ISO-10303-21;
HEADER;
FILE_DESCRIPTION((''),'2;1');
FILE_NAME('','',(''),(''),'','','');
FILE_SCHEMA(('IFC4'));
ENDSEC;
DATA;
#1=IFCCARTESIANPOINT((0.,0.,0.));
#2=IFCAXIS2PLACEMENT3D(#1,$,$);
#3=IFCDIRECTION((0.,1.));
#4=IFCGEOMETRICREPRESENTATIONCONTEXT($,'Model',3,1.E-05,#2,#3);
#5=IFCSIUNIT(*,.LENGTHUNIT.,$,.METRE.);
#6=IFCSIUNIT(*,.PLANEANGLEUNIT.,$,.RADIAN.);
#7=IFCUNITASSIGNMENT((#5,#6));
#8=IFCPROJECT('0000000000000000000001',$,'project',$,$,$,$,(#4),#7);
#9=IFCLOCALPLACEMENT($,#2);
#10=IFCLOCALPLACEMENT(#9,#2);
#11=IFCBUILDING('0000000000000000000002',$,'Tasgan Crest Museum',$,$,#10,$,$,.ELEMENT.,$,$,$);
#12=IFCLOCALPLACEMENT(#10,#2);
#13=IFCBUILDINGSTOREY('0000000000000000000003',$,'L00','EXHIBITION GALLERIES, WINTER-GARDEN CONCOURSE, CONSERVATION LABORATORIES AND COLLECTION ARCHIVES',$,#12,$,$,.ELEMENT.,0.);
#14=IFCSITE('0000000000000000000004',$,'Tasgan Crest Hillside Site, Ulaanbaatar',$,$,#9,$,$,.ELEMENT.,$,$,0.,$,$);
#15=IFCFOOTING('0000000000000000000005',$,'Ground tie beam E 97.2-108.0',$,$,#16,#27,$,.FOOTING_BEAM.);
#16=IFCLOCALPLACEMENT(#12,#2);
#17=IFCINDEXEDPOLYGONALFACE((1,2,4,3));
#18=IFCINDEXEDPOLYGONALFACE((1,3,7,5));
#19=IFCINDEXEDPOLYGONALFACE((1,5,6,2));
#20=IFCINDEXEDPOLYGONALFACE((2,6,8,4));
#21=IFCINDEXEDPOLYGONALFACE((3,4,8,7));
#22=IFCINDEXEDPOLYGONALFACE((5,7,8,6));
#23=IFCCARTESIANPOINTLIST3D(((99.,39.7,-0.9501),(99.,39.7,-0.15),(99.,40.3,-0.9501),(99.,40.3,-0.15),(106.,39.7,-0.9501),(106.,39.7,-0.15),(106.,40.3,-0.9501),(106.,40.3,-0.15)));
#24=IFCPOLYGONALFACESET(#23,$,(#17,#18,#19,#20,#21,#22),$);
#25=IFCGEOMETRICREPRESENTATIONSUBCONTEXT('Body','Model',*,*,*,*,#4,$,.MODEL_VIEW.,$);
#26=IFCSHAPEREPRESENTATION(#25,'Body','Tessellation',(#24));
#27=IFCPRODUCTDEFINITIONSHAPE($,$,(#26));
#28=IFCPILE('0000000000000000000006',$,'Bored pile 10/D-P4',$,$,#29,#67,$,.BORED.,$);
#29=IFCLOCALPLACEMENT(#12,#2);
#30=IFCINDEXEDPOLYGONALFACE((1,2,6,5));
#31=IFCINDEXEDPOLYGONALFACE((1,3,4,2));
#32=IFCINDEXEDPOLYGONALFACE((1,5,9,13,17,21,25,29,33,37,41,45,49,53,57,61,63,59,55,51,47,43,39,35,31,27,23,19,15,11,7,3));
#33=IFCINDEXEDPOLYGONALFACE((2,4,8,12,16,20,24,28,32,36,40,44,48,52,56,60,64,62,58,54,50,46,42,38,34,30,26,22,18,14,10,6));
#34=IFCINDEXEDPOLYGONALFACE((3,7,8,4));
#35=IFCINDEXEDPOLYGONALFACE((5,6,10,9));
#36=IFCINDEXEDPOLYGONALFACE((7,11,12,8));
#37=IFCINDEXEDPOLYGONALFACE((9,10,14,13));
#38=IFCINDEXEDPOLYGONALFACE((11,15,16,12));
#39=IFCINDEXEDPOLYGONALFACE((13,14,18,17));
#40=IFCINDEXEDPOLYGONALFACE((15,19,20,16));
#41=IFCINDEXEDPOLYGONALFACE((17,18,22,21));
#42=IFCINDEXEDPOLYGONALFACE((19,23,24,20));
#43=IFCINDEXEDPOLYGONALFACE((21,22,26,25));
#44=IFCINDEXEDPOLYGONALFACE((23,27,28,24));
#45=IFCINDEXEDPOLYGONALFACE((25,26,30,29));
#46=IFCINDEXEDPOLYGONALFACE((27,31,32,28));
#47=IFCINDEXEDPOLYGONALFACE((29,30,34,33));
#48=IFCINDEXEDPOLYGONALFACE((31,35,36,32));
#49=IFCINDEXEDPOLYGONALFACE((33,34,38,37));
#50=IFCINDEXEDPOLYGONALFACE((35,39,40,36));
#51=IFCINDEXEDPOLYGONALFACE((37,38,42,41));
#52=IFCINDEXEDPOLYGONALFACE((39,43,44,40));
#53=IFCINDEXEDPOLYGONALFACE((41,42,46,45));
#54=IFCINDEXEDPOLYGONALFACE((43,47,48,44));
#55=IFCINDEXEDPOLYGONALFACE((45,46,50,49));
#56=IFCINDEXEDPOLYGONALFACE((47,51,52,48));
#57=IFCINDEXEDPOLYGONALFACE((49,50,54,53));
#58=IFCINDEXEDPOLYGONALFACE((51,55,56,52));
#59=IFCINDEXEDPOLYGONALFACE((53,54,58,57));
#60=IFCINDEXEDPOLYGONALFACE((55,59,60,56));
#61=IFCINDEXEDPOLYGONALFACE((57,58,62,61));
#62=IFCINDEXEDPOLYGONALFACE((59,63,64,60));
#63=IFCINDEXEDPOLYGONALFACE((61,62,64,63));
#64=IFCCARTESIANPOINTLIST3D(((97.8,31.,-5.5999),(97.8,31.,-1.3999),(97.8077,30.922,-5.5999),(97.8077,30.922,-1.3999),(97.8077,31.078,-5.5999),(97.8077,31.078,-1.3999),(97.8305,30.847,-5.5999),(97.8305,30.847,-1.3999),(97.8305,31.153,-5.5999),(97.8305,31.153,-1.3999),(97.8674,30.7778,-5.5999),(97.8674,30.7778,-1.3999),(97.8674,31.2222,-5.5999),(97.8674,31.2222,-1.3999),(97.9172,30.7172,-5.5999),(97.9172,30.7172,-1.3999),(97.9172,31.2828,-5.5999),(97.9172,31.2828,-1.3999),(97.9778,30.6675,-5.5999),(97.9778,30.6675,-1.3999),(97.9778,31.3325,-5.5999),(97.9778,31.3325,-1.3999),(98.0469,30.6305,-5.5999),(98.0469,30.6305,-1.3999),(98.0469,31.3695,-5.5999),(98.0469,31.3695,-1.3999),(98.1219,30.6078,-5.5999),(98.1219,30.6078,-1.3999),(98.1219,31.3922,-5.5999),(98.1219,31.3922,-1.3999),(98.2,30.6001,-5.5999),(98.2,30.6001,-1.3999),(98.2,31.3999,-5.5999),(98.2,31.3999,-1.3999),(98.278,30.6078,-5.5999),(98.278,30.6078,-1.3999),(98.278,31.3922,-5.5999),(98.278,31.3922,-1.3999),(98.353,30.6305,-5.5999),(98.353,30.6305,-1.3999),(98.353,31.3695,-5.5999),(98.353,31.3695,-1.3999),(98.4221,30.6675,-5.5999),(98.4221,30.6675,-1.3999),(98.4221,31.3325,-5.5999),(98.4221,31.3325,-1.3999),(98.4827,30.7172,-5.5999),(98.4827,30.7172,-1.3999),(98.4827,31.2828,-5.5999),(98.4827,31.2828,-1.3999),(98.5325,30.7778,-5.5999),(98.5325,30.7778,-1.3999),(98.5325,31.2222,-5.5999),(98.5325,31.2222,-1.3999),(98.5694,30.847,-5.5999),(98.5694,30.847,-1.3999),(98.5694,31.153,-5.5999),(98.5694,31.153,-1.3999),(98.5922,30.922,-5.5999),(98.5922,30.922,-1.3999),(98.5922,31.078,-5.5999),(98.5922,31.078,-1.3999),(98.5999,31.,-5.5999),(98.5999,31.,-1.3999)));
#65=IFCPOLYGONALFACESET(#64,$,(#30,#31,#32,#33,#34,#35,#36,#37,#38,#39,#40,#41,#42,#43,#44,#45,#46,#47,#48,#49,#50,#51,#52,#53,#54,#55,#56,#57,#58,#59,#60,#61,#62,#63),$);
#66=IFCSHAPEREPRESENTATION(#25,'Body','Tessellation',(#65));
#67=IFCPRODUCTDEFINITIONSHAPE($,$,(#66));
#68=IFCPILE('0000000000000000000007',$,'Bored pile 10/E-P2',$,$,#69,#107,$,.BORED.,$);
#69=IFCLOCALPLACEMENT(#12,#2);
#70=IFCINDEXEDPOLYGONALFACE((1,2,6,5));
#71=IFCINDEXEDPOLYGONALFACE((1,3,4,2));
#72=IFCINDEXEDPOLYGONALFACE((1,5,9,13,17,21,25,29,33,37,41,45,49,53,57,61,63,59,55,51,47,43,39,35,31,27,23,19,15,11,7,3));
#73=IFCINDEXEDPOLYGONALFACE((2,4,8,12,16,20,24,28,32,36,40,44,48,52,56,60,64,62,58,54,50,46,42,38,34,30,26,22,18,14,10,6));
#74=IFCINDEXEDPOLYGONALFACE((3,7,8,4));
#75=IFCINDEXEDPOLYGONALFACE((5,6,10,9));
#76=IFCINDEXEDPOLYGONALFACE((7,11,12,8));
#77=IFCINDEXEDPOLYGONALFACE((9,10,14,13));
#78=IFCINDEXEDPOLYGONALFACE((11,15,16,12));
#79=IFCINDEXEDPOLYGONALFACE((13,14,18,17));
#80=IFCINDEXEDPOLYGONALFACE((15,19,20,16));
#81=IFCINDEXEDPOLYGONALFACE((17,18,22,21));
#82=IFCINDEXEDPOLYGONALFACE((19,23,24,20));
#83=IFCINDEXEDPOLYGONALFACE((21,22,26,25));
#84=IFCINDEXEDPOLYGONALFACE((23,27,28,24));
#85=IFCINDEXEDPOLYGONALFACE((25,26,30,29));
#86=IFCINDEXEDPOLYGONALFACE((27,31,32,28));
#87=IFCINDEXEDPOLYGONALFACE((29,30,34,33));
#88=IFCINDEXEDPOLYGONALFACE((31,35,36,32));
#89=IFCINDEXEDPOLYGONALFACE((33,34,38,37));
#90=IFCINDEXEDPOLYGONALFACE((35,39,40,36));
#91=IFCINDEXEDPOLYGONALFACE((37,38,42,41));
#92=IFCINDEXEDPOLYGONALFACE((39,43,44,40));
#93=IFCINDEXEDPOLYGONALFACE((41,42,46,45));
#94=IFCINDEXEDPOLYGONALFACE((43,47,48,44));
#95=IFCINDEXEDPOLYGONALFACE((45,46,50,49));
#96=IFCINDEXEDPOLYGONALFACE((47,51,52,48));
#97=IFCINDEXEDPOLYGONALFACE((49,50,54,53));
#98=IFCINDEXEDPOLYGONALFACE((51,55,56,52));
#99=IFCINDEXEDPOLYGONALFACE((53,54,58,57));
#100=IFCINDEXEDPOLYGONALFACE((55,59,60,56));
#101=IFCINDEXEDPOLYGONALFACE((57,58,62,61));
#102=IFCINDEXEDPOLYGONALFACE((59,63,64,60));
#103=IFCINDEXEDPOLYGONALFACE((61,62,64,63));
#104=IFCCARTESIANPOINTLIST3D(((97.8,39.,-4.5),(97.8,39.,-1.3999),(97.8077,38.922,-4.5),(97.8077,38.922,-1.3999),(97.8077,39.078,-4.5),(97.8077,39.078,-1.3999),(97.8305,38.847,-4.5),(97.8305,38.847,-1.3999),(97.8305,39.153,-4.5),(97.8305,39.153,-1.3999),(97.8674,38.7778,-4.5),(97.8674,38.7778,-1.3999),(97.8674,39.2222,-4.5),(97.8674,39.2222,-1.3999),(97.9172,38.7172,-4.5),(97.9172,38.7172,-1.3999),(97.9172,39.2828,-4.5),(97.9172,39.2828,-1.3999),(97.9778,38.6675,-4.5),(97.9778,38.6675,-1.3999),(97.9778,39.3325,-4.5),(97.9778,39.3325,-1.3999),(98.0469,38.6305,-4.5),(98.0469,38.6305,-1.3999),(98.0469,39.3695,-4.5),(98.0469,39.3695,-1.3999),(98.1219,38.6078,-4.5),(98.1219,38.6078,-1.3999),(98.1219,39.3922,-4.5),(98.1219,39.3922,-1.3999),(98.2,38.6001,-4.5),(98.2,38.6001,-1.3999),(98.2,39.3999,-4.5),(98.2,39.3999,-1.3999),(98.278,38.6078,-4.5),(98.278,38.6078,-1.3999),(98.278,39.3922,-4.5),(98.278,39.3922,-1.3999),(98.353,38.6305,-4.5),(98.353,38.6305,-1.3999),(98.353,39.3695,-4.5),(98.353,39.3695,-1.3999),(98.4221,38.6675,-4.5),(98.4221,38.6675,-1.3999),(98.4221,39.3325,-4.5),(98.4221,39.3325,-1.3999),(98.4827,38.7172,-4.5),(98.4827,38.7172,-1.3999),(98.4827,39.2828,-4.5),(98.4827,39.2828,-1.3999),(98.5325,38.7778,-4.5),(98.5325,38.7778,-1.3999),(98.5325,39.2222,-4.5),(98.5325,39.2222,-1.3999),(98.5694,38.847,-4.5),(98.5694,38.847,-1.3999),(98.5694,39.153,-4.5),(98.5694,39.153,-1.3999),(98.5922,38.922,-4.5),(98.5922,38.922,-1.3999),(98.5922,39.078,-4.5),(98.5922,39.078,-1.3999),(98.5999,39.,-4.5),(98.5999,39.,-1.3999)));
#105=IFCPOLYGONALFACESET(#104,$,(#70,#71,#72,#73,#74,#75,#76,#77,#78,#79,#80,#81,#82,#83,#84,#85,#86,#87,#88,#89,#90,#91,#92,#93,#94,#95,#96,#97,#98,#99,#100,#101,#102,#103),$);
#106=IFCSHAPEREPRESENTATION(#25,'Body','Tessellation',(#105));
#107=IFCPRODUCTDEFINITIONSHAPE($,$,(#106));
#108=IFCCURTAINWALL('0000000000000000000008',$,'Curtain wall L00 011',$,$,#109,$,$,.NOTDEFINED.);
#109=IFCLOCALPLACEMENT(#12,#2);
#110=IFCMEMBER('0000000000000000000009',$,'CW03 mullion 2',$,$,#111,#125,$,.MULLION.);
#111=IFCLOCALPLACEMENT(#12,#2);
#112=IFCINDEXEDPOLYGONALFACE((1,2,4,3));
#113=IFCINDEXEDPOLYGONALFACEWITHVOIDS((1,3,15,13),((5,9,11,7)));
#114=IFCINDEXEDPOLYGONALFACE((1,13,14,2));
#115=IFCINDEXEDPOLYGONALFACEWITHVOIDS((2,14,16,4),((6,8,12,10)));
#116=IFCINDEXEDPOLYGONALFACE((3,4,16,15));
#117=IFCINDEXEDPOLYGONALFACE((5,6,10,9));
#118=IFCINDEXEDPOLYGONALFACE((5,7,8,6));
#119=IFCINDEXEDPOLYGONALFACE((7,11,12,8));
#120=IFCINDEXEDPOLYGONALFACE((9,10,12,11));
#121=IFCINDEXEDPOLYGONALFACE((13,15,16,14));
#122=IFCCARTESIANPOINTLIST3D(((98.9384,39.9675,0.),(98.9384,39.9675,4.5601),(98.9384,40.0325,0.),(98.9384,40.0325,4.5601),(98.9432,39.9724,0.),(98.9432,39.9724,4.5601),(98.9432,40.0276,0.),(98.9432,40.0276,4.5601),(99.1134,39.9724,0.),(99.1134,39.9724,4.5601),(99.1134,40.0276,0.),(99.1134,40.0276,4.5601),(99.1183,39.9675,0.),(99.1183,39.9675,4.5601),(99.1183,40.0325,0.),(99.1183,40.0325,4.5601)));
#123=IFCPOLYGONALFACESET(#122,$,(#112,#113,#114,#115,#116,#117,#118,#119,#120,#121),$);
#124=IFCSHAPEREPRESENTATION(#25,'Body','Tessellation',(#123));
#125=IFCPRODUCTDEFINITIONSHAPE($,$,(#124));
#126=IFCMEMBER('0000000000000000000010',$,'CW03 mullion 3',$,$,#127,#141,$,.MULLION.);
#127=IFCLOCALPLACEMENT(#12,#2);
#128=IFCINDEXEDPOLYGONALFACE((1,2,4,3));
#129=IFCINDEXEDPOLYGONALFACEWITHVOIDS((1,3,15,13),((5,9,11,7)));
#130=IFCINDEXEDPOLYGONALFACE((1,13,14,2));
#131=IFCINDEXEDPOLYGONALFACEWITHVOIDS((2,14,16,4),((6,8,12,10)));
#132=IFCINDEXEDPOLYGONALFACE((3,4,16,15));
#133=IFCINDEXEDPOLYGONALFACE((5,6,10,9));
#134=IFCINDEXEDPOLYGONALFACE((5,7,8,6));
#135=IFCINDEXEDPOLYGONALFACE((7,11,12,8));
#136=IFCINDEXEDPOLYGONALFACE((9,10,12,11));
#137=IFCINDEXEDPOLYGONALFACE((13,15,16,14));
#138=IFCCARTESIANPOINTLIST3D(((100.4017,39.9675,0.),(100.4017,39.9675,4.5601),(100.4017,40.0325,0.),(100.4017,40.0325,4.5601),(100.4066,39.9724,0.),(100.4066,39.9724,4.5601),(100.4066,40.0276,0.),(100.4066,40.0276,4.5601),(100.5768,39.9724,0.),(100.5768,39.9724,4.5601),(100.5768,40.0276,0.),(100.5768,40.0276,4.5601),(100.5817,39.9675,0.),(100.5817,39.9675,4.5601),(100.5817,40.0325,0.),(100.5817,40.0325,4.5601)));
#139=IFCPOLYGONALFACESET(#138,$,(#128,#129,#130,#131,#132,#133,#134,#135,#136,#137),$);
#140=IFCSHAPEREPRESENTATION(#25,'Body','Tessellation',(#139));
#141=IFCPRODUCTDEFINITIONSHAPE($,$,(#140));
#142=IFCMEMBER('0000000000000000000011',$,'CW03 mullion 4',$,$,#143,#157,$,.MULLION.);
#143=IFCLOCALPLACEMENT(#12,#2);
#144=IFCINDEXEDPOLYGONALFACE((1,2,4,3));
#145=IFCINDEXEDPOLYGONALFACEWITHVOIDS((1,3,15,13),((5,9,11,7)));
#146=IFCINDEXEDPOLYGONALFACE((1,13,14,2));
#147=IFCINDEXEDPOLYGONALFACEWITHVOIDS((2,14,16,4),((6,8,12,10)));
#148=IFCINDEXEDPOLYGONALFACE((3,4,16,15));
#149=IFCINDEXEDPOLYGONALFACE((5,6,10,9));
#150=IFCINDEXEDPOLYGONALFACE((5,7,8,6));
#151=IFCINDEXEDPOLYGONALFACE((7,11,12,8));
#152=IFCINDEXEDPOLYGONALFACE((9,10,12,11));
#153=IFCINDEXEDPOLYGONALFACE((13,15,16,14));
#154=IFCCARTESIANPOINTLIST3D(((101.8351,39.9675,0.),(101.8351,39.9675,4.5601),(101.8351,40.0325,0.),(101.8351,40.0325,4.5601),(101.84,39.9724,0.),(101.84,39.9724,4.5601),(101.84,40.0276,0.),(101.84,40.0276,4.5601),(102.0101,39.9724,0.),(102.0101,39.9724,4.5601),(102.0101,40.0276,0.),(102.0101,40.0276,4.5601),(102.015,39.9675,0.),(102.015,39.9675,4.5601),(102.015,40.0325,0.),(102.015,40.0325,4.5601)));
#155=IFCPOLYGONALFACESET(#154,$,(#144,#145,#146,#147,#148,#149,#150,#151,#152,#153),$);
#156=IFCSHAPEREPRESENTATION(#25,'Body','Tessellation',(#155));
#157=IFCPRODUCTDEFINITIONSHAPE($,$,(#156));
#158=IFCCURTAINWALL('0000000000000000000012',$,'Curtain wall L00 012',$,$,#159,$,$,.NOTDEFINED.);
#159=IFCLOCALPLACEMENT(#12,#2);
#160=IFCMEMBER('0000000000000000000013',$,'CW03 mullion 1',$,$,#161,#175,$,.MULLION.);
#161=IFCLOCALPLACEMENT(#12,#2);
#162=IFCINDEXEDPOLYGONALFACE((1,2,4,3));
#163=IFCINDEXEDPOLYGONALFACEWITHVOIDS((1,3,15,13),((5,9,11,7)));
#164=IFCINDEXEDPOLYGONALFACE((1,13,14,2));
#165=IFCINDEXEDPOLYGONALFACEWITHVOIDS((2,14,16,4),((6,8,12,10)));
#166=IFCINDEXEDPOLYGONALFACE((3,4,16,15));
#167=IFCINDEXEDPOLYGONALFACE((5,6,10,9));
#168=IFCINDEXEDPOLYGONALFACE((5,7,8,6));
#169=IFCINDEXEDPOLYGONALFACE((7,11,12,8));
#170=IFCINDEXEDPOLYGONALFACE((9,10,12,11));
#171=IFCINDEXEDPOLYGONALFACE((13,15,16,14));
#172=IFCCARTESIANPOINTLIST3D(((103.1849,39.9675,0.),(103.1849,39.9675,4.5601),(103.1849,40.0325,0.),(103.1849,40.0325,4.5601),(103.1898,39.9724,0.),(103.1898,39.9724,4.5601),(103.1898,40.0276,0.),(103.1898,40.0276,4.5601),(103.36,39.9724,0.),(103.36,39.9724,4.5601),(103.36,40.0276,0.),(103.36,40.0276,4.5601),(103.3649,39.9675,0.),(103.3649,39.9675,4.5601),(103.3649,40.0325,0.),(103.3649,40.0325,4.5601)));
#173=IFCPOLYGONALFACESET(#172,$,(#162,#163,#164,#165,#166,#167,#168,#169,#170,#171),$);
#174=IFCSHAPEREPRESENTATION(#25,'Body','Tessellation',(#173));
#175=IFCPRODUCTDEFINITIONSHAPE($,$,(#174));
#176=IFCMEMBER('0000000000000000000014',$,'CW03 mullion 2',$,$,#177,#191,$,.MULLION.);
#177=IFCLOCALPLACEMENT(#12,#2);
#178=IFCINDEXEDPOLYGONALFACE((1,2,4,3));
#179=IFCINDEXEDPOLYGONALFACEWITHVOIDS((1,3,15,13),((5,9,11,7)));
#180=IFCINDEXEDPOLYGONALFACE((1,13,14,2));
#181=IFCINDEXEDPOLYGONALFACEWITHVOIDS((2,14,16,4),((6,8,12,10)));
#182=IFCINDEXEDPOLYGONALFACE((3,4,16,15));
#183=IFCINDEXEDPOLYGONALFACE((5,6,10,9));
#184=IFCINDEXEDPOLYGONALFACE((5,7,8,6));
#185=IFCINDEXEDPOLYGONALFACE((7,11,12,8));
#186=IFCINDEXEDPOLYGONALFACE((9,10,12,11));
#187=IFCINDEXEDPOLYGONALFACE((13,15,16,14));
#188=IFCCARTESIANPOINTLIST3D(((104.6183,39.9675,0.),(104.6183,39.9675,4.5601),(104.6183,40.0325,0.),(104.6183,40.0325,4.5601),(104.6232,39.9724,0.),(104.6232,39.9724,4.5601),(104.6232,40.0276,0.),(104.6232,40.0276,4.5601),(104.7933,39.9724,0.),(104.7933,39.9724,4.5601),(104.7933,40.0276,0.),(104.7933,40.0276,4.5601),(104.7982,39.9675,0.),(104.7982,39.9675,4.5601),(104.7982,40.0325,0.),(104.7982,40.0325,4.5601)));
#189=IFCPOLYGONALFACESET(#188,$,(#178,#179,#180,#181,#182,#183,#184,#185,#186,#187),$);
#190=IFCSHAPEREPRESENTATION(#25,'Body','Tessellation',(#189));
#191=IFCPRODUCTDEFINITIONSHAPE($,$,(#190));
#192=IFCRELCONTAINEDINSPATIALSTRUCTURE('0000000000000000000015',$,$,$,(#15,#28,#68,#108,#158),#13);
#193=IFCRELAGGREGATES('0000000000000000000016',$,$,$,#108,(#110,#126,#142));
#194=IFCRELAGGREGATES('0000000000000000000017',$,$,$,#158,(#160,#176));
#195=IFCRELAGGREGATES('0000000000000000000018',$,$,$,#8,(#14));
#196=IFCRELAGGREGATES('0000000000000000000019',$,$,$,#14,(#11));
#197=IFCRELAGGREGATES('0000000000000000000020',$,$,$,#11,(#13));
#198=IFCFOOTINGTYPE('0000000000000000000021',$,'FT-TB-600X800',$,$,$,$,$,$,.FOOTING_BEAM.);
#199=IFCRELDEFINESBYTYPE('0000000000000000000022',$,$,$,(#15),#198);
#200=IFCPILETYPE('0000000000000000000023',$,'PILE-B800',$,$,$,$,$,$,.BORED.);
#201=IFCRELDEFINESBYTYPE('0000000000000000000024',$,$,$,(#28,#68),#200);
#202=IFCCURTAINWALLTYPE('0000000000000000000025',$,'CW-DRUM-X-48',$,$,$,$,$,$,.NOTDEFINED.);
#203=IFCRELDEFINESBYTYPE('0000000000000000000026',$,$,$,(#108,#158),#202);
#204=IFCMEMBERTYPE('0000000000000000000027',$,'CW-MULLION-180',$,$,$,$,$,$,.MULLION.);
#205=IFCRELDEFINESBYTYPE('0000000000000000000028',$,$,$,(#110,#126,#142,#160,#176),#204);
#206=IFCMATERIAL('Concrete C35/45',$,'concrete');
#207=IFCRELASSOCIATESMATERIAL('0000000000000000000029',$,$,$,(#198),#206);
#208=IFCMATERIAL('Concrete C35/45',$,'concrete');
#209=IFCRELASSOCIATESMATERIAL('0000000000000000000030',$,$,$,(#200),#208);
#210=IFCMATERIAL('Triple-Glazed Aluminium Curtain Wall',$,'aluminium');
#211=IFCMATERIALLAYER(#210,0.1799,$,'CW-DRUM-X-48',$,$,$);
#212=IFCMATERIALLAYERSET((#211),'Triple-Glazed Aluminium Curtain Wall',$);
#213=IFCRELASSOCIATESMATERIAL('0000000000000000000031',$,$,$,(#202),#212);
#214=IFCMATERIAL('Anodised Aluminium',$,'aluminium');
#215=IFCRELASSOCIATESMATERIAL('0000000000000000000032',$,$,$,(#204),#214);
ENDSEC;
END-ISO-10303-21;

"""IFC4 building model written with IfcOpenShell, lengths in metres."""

from ifc_helpers import new_model, si_unit, direction, frame, origin, origin_2d, place, context, subcontext, project, spatial, rectangle, hollow_rectangle, circle, extrude, material, layer, layer_set, material_profile, profile_set, type_object, element, aggregate, save


model = new_model("IFC4")

# Units and contexts
model_context = context("Model", 3, precision=1e-05, world=origin(), true_north=direction((0.0, 1.0)))
body_context = subcontext(model_context, "Body", "Model", "MODEL_VIEW")
ifc_project = project(units=[si_unit("LENGTHUNIT", "METRE"), si_unit("PLANEANGLEUNIT", "RADIAN")], contexts=[model_context])

# Site, building, storey
site_placement = place(None, origin())
site = spatial("IfcSite", under=ifc_project, at=site_placement, Name="Tasgan Crest Hillside Site, Ulaanbaatar", CompositionType="ELEMENT", RefElevation=0.0)
building_placement = place(site_placement, origin())
building = spatial("IfcBuilding", under=site, at=building_placement, Name="Tasgan Crest Museum", CompositionType="ELEMENT")
storey_placement = place(building_placement, origin())
storey = spatial("IfcBuildingStorey", under=building, at=storey_placement, Name="L00", Description="EXHIBITION GALLERIES, WINTER-GARDEN CONCOURSE, CONSERVATION LABORATORIES AND COLLECTION ARCHIVES", CompositionType="ELEMENT", Elevation=0.0)

# Footing
ifc_material_1 = material(Name="Concrete C35/45", Category="concrete")
ifc_material_profile_1 = material_profile(ifc_material_1, rectangle(XDim=0.6001, YDim=0.8, at=origin_2d()), Name="TB 600x800")
ifc_profile_set_1 = profile_set([ifc_material_profile_1], Name="Concrete C35/45")
footing_type = type_object("IfcFootingType", Name="FT-TB-600X800", PredefinedType="FOOTING_BEAM", material=ifc_profile_set_1)
footing_placement = place(storey_placement, frame((99.0, 40.0, -0.55), z_axis=(1.0, 0.0, 0.0), x_axis=(0.0, 1.0, 0.0)))
element("IfcFooting", 1, at=footing_placement, inside=storey, type_object=footing_type, Name="Ground tie beam E 97.2-108.0", PredefinedType="FOOTING_BEAM", context=body_context, shape_type="SweptSolid", body=[
    extrude(rectangle(XDim=0.6001, YDim=0.8, at=origin_2d()), origin(), (0.0, 0.0, 1.0), 7.0),
])

# Piles
ifc_material_2 = material(Name="Concrete C35/45", Category="concrete")
ifc_material_profile_2 = material_profile(ifc_material_2, circle(Radius=0.3999, at=origin_2d()), Name="PILE D800")
ifc_profile_set_2 = profile_set([ifc_material_profile_2], Name="Concrete C35/45")
pile_type = type_object("IfcPileType", Name="PILE-B800", PredefinedType="BORED", material=ifc_profile_set_2)
pile_1_placement = place(storey_placement, frame((98.2, 31.0, -1.3999), z_axis=(0.0, 0.0, -1.0), x_axis=(1.0, 0.0, 0.0)))
element("IfcPile", 2, at=pile_1_placement, inside=storey, type_object=pile_type, Name="Bored pile 10/D-P4", PredefinedType="BORED", context=body_context, shape_type="SweptSolid", body=[
    extrude(circle(Radius=0.3999, at=origin_2d()), origin(), (0.0, 0.0, 1.0), 4.2),
])
pile_2_placement = place(storey_placement, frame((98.2, 39.0, -1.3999), z_axis=(0.0, 0.0, -1.0), x_axis=(1.0, 0.0, 0.0)))
element("IfcPile", 3, at=pile_2_placement, inside=storey, type_object=pile_type, Name="Bored pile 10/E-P2", PredefinedType="BORED", context=body_context, shape_type="SweptSolid", body=[
    extrude(circle(Radius=0.3999, at=origin_2d()), origin(), (0.0, 0.0, 1.0), 3.1001),
])

# Curtain walls, members
ifc_material_3 = material(Name="Triple-Glazed Aluminium Curtain Wall", Category="aluminium")
ifc_layer_1 = layer(ifc_material_3, 0.1799, Name="CW-DRUM-X-48")
ifc_layer_set_1 = layer_set([ifc_layer_1], Name="Triple-Glazed Aluminium Curtain Wall")
curtain_wall_type = type_object("IfcCurtainWallType", Name="CW-DRUM-X-48", PredefinedType="NOTDEFINED", material=ifc_layer_set_1)
curtain_wall_1_placement = place(storey_placement, origin())
curtain_wall_1 = element("IfcCurtainWall", 4, at=curtain_wall_1_placement, inside=storey, type_object=curtain_wall_type, Name="Curtain wall L00 011", PredefinedType="NOTDEFINED")
ifc_material_4 = material(Name="Anodised Aluminium", Category="aluminium")
ifc_material_profile_3 = material_profile(ifc_material_4, hollow_rectangle(XDim=0.0649, YDim=0.1799, WallThickness=0.0049, at=origin_2d()), Name="ALU MULLION 180x65x5")
ifc_profile_set_3 = profile_set([ifc_material_profile_3], Name="Anodised Aluminium")
member_type_1 = type_object("IfcMemberType", Name="CW-MULLION-180", PredefinedType="MULLION", material=ifc_profile_set_3)
member_1_placement = place(storey_placement, frame((99.0283, 40.0, 0.0), z_axis=(0.0, 0.0, 1.0), x_axis=(0.0, 1.0, 0.0)))
member_1 = element("IfcMember", 5, at=member_1_placement, type_object=member_type_1, Name="CW03 mullion 2", PredefinedType="MULLION", context=body_context, shape_type="SweptSolid", body=[
    extrude(hollow_rectangle(XDim=0.0649, YDim=0.1799, WallThickness=0.0049, at=origin_2d()), origin(), (0.0, 0.0, 1.0), 4.5601),
])
member_2_placement = place(storey_placement, frame((100.4917, 40.0, 0.0), z_axis=(0.0, 0.0, 1.0), x_axis=(0.0, 1.0, 0.0)))
member_2 = element("IfcMember", 6, at=member_2_placement, type_object=member_type_1, Name="CW03 mullion 3", PredefinedType="MULLION", context=body_context, shape_type="SweptSolid", body=[
    extrude(hollow_rectangle(XDim=0.0649, YDim=0.1799, WallThickness=0.0049, at=origin_2d()), origin(), (0.0, 0.0, 1.0), 4.5601),
])
member_3_placement = place(storey_placement, frame((101.925, 40.0, 0.0), z_axis=(0.0, 0.0, 1.0), x_axis=(0.0, 1.0, 0.0)))
member_3 = element("IfcMember", 7, at=member_3_placement, type_object=member_type_1, Name="CW03 mullion 4", PredefinedType="MULLION", context=body_context, shape_type="SweptSolid", body=[
    extrude(hollow_rectangle(XDim=0.0649, YDim=0.1799, WallThickness=0.0049, at=origin_2d()), origin(), (0.0, 0.0, 1.0), 4.5601),
])
curtain_wall_2_placement = place(storey_placement, origin())
curtain_wall_2 = element("IfcCurtainWall", 8, at=curtain_wall_2_placement, inside=storey, type_object=curtain_wall_type, Name="Curtain wall L00 012", PredefinedType="NOTDEFINED")
member_4_placement = place(storey_placement, frame((103.2749, 40.0, 0.0), z_axis=(0.0, 0.0, 1.0), x_axis=(0.0, 1.0, 0.0)))
member_4 = element("IfcMember", 9, at=member_4_placement, type_object=member_type_1, Name="CW03 mullion 1", PredefinedType="MULLION", context=body_context, shape_type="SweptSolid", body=[
    extrude(hollow_rectangle(XDim=0.0649, YDim=0.1799, WallThickness=0.0049, at=origin_2d()), origin(), (0.0, 0.0, 1.0), 4.5601),
])
member_5_placement = place(storey_placement, frame((104.7083, 40.0, 0.0), z_axis=(0.0, 0.0, 1.0), x_axis=(0.0, 1.0, 0.0)))
member_5 = element("IfcMember", 10, at=member_5_placement, type_object=member_type_1, Name="CW03 mullion 2", PredefinedType="MULLION", context=body_context, shape_type="SweptSolid", body=[
    extrude(hollow_rectangle(XDim=0.0649, YDim=0.1799, WallThickness=0.0049, at=origin_2d()), origin(), (0.0, 0.0, 1.0), 4.5601),
])

aggregate(curtain_wall_1, [member_1, member_2, member_3])
aggregate(curtain_wall_2, [member_4, member_5])

save(model, "model.ifc")
